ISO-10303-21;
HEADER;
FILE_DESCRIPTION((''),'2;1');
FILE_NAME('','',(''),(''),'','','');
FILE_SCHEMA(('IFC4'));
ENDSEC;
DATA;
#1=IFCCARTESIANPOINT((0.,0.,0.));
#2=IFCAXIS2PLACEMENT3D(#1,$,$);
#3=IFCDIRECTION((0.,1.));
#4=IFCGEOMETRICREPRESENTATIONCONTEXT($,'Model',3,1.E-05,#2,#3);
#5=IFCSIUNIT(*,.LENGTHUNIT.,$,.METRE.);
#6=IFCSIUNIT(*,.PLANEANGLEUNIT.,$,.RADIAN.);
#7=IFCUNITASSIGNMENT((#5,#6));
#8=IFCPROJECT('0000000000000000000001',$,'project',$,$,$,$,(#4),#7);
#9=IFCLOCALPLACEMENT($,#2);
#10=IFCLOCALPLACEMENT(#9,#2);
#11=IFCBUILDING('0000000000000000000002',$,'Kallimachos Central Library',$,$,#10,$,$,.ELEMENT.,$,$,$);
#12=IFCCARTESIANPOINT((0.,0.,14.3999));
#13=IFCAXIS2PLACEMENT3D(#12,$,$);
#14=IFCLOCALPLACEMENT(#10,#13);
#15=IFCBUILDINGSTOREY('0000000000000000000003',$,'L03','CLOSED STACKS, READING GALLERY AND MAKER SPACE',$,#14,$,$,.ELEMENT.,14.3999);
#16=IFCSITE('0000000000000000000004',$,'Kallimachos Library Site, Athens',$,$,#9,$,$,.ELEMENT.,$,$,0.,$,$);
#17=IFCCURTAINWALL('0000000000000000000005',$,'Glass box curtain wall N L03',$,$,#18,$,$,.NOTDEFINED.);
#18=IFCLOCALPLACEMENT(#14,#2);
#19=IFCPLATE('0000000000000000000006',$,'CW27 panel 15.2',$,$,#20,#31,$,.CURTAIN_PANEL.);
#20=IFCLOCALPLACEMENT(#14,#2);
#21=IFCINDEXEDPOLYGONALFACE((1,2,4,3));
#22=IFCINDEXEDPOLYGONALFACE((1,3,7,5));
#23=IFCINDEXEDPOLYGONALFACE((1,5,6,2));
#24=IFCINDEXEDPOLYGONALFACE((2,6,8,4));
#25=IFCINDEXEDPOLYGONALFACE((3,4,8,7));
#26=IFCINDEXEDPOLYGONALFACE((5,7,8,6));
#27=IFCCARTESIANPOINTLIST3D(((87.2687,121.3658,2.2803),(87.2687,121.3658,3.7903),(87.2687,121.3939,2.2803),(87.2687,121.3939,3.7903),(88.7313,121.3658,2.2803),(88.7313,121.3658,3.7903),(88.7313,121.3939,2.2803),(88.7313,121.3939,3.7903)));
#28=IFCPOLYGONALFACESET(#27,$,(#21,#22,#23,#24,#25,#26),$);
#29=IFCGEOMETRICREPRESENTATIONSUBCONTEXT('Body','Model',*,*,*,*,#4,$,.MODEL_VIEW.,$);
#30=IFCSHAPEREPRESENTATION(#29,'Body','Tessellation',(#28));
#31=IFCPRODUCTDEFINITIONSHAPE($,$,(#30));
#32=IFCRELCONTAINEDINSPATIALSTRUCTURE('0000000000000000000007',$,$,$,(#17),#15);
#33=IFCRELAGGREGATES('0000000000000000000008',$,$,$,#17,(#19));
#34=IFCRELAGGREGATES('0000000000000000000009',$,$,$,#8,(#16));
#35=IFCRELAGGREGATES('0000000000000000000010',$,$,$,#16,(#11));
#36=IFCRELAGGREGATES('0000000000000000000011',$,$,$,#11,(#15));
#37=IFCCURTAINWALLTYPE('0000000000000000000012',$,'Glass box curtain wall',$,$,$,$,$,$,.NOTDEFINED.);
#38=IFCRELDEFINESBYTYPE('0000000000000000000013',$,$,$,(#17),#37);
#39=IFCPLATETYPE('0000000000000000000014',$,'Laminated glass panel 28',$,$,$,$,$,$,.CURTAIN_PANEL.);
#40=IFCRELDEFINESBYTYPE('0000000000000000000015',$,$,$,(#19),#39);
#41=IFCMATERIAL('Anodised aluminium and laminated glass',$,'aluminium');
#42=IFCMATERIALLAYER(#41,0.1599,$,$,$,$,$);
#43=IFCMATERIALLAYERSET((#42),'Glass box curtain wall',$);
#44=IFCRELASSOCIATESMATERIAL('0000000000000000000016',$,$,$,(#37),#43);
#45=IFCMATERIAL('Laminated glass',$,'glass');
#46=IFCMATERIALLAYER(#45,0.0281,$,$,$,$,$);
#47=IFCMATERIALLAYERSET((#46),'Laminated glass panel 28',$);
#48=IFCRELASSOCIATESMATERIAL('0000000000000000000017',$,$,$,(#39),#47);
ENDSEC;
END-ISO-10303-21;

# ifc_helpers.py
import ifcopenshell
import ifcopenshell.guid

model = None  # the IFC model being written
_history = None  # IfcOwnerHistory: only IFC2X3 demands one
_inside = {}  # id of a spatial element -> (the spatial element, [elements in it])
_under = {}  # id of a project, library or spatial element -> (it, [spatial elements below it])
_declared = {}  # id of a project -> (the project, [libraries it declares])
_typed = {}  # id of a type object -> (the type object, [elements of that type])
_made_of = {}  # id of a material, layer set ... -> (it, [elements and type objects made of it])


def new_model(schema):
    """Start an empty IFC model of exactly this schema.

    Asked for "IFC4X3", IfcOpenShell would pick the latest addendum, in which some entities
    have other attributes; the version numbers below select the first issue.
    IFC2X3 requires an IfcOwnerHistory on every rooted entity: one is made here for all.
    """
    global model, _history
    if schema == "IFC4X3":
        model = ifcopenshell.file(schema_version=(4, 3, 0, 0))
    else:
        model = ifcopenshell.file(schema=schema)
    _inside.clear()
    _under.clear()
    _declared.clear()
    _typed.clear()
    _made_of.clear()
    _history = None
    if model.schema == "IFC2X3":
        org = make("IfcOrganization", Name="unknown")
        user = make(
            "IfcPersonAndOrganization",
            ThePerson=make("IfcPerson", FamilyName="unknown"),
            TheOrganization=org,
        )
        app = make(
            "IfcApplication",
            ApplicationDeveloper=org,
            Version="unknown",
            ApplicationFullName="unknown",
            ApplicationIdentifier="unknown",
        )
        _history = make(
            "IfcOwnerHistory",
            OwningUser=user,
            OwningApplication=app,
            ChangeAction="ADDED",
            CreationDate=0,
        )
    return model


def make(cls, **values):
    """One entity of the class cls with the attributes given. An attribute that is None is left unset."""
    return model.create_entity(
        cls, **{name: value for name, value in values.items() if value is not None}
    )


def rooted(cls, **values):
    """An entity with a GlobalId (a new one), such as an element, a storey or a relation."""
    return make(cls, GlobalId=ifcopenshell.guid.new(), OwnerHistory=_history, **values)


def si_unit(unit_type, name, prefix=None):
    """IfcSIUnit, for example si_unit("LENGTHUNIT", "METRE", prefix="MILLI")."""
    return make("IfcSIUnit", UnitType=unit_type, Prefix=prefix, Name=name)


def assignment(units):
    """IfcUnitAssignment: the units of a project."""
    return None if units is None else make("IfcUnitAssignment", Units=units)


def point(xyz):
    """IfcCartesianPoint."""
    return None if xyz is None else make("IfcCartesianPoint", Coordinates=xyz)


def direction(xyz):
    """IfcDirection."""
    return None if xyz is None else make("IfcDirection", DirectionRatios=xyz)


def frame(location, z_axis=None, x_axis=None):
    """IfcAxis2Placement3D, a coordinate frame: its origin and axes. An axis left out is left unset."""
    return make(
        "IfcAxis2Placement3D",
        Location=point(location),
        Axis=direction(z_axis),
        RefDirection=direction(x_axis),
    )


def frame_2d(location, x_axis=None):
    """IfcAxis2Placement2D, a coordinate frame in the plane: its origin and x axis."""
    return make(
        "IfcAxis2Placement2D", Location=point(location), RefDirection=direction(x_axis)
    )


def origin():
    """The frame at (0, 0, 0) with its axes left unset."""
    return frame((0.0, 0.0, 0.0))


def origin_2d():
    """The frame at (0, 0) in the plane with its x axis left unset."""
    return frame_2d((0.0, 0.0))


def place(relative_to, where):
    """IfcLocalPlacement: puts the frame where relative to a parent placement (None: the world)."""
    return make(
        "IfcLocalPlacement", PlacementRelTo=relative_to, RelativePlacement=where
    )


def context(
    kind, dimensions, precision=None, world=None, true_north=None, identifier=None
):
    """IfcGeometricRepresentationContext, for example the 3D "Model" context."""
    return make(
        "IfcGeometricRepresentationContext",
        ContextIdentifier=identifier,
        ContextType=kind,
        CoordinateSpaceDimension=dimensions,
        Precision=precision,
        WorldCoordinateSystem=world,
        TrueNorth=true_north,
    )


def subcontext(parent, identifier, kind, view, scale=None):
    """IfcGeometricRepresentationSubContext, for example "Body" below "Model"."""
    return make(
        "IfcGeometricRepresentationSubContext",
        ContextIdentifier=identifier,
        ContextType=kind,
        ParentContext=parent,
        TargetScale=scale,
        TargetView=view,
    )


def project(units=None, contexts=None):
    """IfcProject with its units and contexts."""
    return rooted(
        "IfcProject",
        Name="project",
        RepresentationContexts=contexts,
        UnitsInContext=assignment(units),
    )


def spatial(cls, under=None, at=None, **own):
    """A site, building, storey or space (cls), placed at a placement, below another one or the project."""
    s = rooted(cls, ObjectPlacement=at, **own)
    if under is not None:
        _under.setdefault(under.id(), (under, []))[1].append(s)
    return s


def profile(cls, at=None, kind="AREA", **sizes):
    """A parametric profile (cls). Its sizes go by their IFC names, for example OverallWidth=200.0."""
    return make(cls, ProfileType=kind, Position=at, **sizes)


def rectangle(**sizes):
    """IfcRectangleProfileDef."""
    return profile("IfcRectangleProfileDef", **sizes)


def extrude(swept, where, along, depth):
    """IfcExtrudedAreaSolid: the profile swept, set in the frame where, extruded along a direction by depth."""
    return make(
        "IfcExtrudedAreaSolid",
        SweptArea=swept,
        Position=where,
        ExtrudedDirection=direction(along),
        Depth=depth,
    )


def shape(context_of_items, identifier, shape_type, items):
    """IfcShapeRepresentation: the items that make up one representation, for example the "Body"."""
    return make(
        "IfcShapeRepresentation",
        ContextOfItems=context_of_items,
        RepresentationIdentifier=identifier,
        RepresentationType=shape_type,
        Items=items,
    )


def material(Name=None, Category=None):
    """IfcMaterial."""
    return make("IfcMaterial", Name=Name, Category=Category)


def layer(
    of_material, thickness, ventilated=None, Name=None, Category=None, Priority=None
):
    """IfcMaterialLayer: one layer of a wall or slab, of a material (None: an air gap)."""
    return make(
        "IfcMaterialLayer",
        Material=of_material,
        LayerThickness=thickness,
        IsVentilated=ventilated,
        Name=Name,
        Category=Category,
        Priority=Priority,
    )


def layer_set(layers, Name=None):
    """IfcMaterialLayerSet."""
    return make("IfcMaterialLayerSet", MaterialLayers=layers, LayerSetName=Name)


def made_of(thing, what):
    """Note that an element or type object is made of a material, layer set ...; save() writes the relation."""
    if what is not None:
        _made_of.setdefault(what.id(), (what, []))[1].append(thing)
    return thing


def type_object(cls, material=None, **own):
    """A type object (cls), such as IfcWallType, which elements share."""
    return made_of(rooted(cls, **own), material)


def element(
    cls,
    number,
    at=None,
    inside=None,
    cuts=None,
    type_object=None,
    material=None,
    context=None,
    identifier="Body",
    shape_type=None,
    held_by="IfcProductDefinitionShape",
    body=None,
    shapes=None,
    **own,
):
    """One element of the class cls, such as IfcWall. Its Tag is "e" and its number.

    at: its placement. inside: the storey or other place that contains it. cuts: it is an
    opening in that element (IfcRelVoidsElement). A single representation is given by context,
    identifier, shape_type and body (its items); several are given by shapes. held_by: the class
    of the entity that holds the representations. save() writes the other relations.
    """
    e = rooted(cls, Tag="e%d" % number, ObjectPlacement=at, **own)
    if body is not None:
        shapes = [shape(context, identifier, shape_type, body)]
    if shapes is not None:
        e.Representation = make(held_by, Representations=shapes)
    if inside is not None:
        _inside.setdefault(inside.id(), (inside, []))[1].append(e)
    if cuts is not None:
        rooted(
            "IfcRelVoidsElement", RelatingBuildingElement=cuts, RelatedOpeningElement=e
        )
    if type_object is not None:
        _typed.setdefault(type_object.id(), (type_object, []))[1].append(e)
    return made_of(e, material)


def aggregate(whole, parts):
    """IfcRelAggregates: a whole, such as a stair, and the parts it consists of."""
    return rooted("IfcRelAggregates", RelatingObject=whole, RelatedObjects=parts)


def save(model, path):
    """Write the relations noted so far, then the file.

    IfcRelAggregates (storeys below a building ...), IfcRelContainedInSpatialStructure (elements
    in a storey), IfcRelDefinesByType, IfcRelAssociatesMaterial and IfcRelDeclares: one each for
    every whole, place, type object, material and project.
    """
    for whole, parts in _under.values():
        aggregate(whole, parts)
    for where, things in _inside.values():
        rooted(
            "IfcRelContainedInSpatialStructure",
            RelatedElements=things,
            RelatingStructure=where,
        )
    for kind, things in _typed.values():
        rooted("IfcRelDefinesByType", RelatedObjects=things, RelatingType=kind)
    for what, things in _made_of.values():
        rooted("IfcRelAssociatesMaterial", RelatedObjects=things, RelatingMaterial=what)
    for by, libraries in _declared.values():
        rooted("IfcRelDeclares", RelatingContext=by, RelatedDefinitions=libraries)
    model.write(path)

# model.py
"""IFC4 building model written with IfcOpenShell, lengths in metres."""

from ifc_helpers import new_model, si_unit, direction, frame, origin, origin_2d, place, context, subcontext, project, spatial, rectangle, extrude, material, layer, layer_set, type_object, element, aggregate, save


model = new_model("IFC4")

# Units and contexts
model_context = context("Model", 3, precision=1e-05, world=origin(), true_north=direction((0.0, 1.0)))
body_context = subcontext(model_context, "Body", "Model", "MODEL_VIEW")
ifc_project = project(units=[si_unit("LENGTHUNIT", "METRE"), si_unit("PLANEANGLEUNIT", "RADIAN")], contexts=[model_context])

# Site, building, storey
site_placement = place(None, origin())
site = spatial("IfcSite", under=ifc_project, at=site_placement, Name="Kallimachos Library Site, Athens", CompositionType="ELEMENT", RefElevation=0.0)
building_placement = place(site_placement, origin())
building = spatial("IfcBuilding", under=site, at=building_placement, Name="Kallimachos Central Library", CompositionType="ELEMENT")
storey_placement = place(building_placement, frame((0.0, 0.0, 14.3999)))
storey = spatial("IfcBuildingStorey", under=building, at=storey_placement, Name="L03", Description="CLOSED STACKS, READING GALLERY AND MAKER SPACE", CompositionType="ELEMENT", Elevation=14.3999)

# Curtain wall
ifc_material_1 = material(Name="Anodised aluminium and laminated glass", Category="aluminium")
ifc_layer_1 = layer(ifc_material_1, 0.1599)
ifc_layer_set_1 = layer_set([ifc_layer_1], Name="Glass box curtain wall")
curtain_wall_type = type_object("IfcCurtainWallType", Name="Glass box curtain wall", PredefinedType="NOTDEFINED", material=ifc_layer_set_1)
curtain_wall_placement = place(storey_placement, origin())
curtain_wall = element("IfcCurtainWall", 1, at=curtain_wall_placement, inside=storey, type_object=curtain_wall_type, Name="Glass box curtain wall N L03", PredefinedType="NOTDEFINED")

# Plate
ifc_material_2 = material(Name="Laminated glass", Category="glass")
ifc_layer_2 = layer(ifc_material_2, 0.0281)
ifc_layer_set_2 = layer_set([ifc_layer_2], Name="Laminated glass panel 28")
plate_type = type_object("IfcPlateType", Name="Laminated glass panel 28", PredefinedType="CURTAIN_PANEL", material=ifc_layer_set_2)
plate_1_placement = place(storey_placement, frame((88.0, 121.3799, 2.2803), z_axis=(0.0, 0.0, 1.0), x_axis=(1.0, 0.0, 0.0)))
plate_1 = element("IfcPlate", 2, at=plate_1_placement, type_object=plate_type, Name="CW27 panel 15.2", PredefinedType="CURTAIN_PANEL", context=body_context, shape_type="SweptSolid", body=[
    extrude(rectangle(XDim=1.4626, YDim=0.0281, at=origin_2d()), origin(), (0.0, 0.0, 1.0), 1.51),
])
aggregate(curtain_wall, [plate_1])

save(model, "model.ifc")
